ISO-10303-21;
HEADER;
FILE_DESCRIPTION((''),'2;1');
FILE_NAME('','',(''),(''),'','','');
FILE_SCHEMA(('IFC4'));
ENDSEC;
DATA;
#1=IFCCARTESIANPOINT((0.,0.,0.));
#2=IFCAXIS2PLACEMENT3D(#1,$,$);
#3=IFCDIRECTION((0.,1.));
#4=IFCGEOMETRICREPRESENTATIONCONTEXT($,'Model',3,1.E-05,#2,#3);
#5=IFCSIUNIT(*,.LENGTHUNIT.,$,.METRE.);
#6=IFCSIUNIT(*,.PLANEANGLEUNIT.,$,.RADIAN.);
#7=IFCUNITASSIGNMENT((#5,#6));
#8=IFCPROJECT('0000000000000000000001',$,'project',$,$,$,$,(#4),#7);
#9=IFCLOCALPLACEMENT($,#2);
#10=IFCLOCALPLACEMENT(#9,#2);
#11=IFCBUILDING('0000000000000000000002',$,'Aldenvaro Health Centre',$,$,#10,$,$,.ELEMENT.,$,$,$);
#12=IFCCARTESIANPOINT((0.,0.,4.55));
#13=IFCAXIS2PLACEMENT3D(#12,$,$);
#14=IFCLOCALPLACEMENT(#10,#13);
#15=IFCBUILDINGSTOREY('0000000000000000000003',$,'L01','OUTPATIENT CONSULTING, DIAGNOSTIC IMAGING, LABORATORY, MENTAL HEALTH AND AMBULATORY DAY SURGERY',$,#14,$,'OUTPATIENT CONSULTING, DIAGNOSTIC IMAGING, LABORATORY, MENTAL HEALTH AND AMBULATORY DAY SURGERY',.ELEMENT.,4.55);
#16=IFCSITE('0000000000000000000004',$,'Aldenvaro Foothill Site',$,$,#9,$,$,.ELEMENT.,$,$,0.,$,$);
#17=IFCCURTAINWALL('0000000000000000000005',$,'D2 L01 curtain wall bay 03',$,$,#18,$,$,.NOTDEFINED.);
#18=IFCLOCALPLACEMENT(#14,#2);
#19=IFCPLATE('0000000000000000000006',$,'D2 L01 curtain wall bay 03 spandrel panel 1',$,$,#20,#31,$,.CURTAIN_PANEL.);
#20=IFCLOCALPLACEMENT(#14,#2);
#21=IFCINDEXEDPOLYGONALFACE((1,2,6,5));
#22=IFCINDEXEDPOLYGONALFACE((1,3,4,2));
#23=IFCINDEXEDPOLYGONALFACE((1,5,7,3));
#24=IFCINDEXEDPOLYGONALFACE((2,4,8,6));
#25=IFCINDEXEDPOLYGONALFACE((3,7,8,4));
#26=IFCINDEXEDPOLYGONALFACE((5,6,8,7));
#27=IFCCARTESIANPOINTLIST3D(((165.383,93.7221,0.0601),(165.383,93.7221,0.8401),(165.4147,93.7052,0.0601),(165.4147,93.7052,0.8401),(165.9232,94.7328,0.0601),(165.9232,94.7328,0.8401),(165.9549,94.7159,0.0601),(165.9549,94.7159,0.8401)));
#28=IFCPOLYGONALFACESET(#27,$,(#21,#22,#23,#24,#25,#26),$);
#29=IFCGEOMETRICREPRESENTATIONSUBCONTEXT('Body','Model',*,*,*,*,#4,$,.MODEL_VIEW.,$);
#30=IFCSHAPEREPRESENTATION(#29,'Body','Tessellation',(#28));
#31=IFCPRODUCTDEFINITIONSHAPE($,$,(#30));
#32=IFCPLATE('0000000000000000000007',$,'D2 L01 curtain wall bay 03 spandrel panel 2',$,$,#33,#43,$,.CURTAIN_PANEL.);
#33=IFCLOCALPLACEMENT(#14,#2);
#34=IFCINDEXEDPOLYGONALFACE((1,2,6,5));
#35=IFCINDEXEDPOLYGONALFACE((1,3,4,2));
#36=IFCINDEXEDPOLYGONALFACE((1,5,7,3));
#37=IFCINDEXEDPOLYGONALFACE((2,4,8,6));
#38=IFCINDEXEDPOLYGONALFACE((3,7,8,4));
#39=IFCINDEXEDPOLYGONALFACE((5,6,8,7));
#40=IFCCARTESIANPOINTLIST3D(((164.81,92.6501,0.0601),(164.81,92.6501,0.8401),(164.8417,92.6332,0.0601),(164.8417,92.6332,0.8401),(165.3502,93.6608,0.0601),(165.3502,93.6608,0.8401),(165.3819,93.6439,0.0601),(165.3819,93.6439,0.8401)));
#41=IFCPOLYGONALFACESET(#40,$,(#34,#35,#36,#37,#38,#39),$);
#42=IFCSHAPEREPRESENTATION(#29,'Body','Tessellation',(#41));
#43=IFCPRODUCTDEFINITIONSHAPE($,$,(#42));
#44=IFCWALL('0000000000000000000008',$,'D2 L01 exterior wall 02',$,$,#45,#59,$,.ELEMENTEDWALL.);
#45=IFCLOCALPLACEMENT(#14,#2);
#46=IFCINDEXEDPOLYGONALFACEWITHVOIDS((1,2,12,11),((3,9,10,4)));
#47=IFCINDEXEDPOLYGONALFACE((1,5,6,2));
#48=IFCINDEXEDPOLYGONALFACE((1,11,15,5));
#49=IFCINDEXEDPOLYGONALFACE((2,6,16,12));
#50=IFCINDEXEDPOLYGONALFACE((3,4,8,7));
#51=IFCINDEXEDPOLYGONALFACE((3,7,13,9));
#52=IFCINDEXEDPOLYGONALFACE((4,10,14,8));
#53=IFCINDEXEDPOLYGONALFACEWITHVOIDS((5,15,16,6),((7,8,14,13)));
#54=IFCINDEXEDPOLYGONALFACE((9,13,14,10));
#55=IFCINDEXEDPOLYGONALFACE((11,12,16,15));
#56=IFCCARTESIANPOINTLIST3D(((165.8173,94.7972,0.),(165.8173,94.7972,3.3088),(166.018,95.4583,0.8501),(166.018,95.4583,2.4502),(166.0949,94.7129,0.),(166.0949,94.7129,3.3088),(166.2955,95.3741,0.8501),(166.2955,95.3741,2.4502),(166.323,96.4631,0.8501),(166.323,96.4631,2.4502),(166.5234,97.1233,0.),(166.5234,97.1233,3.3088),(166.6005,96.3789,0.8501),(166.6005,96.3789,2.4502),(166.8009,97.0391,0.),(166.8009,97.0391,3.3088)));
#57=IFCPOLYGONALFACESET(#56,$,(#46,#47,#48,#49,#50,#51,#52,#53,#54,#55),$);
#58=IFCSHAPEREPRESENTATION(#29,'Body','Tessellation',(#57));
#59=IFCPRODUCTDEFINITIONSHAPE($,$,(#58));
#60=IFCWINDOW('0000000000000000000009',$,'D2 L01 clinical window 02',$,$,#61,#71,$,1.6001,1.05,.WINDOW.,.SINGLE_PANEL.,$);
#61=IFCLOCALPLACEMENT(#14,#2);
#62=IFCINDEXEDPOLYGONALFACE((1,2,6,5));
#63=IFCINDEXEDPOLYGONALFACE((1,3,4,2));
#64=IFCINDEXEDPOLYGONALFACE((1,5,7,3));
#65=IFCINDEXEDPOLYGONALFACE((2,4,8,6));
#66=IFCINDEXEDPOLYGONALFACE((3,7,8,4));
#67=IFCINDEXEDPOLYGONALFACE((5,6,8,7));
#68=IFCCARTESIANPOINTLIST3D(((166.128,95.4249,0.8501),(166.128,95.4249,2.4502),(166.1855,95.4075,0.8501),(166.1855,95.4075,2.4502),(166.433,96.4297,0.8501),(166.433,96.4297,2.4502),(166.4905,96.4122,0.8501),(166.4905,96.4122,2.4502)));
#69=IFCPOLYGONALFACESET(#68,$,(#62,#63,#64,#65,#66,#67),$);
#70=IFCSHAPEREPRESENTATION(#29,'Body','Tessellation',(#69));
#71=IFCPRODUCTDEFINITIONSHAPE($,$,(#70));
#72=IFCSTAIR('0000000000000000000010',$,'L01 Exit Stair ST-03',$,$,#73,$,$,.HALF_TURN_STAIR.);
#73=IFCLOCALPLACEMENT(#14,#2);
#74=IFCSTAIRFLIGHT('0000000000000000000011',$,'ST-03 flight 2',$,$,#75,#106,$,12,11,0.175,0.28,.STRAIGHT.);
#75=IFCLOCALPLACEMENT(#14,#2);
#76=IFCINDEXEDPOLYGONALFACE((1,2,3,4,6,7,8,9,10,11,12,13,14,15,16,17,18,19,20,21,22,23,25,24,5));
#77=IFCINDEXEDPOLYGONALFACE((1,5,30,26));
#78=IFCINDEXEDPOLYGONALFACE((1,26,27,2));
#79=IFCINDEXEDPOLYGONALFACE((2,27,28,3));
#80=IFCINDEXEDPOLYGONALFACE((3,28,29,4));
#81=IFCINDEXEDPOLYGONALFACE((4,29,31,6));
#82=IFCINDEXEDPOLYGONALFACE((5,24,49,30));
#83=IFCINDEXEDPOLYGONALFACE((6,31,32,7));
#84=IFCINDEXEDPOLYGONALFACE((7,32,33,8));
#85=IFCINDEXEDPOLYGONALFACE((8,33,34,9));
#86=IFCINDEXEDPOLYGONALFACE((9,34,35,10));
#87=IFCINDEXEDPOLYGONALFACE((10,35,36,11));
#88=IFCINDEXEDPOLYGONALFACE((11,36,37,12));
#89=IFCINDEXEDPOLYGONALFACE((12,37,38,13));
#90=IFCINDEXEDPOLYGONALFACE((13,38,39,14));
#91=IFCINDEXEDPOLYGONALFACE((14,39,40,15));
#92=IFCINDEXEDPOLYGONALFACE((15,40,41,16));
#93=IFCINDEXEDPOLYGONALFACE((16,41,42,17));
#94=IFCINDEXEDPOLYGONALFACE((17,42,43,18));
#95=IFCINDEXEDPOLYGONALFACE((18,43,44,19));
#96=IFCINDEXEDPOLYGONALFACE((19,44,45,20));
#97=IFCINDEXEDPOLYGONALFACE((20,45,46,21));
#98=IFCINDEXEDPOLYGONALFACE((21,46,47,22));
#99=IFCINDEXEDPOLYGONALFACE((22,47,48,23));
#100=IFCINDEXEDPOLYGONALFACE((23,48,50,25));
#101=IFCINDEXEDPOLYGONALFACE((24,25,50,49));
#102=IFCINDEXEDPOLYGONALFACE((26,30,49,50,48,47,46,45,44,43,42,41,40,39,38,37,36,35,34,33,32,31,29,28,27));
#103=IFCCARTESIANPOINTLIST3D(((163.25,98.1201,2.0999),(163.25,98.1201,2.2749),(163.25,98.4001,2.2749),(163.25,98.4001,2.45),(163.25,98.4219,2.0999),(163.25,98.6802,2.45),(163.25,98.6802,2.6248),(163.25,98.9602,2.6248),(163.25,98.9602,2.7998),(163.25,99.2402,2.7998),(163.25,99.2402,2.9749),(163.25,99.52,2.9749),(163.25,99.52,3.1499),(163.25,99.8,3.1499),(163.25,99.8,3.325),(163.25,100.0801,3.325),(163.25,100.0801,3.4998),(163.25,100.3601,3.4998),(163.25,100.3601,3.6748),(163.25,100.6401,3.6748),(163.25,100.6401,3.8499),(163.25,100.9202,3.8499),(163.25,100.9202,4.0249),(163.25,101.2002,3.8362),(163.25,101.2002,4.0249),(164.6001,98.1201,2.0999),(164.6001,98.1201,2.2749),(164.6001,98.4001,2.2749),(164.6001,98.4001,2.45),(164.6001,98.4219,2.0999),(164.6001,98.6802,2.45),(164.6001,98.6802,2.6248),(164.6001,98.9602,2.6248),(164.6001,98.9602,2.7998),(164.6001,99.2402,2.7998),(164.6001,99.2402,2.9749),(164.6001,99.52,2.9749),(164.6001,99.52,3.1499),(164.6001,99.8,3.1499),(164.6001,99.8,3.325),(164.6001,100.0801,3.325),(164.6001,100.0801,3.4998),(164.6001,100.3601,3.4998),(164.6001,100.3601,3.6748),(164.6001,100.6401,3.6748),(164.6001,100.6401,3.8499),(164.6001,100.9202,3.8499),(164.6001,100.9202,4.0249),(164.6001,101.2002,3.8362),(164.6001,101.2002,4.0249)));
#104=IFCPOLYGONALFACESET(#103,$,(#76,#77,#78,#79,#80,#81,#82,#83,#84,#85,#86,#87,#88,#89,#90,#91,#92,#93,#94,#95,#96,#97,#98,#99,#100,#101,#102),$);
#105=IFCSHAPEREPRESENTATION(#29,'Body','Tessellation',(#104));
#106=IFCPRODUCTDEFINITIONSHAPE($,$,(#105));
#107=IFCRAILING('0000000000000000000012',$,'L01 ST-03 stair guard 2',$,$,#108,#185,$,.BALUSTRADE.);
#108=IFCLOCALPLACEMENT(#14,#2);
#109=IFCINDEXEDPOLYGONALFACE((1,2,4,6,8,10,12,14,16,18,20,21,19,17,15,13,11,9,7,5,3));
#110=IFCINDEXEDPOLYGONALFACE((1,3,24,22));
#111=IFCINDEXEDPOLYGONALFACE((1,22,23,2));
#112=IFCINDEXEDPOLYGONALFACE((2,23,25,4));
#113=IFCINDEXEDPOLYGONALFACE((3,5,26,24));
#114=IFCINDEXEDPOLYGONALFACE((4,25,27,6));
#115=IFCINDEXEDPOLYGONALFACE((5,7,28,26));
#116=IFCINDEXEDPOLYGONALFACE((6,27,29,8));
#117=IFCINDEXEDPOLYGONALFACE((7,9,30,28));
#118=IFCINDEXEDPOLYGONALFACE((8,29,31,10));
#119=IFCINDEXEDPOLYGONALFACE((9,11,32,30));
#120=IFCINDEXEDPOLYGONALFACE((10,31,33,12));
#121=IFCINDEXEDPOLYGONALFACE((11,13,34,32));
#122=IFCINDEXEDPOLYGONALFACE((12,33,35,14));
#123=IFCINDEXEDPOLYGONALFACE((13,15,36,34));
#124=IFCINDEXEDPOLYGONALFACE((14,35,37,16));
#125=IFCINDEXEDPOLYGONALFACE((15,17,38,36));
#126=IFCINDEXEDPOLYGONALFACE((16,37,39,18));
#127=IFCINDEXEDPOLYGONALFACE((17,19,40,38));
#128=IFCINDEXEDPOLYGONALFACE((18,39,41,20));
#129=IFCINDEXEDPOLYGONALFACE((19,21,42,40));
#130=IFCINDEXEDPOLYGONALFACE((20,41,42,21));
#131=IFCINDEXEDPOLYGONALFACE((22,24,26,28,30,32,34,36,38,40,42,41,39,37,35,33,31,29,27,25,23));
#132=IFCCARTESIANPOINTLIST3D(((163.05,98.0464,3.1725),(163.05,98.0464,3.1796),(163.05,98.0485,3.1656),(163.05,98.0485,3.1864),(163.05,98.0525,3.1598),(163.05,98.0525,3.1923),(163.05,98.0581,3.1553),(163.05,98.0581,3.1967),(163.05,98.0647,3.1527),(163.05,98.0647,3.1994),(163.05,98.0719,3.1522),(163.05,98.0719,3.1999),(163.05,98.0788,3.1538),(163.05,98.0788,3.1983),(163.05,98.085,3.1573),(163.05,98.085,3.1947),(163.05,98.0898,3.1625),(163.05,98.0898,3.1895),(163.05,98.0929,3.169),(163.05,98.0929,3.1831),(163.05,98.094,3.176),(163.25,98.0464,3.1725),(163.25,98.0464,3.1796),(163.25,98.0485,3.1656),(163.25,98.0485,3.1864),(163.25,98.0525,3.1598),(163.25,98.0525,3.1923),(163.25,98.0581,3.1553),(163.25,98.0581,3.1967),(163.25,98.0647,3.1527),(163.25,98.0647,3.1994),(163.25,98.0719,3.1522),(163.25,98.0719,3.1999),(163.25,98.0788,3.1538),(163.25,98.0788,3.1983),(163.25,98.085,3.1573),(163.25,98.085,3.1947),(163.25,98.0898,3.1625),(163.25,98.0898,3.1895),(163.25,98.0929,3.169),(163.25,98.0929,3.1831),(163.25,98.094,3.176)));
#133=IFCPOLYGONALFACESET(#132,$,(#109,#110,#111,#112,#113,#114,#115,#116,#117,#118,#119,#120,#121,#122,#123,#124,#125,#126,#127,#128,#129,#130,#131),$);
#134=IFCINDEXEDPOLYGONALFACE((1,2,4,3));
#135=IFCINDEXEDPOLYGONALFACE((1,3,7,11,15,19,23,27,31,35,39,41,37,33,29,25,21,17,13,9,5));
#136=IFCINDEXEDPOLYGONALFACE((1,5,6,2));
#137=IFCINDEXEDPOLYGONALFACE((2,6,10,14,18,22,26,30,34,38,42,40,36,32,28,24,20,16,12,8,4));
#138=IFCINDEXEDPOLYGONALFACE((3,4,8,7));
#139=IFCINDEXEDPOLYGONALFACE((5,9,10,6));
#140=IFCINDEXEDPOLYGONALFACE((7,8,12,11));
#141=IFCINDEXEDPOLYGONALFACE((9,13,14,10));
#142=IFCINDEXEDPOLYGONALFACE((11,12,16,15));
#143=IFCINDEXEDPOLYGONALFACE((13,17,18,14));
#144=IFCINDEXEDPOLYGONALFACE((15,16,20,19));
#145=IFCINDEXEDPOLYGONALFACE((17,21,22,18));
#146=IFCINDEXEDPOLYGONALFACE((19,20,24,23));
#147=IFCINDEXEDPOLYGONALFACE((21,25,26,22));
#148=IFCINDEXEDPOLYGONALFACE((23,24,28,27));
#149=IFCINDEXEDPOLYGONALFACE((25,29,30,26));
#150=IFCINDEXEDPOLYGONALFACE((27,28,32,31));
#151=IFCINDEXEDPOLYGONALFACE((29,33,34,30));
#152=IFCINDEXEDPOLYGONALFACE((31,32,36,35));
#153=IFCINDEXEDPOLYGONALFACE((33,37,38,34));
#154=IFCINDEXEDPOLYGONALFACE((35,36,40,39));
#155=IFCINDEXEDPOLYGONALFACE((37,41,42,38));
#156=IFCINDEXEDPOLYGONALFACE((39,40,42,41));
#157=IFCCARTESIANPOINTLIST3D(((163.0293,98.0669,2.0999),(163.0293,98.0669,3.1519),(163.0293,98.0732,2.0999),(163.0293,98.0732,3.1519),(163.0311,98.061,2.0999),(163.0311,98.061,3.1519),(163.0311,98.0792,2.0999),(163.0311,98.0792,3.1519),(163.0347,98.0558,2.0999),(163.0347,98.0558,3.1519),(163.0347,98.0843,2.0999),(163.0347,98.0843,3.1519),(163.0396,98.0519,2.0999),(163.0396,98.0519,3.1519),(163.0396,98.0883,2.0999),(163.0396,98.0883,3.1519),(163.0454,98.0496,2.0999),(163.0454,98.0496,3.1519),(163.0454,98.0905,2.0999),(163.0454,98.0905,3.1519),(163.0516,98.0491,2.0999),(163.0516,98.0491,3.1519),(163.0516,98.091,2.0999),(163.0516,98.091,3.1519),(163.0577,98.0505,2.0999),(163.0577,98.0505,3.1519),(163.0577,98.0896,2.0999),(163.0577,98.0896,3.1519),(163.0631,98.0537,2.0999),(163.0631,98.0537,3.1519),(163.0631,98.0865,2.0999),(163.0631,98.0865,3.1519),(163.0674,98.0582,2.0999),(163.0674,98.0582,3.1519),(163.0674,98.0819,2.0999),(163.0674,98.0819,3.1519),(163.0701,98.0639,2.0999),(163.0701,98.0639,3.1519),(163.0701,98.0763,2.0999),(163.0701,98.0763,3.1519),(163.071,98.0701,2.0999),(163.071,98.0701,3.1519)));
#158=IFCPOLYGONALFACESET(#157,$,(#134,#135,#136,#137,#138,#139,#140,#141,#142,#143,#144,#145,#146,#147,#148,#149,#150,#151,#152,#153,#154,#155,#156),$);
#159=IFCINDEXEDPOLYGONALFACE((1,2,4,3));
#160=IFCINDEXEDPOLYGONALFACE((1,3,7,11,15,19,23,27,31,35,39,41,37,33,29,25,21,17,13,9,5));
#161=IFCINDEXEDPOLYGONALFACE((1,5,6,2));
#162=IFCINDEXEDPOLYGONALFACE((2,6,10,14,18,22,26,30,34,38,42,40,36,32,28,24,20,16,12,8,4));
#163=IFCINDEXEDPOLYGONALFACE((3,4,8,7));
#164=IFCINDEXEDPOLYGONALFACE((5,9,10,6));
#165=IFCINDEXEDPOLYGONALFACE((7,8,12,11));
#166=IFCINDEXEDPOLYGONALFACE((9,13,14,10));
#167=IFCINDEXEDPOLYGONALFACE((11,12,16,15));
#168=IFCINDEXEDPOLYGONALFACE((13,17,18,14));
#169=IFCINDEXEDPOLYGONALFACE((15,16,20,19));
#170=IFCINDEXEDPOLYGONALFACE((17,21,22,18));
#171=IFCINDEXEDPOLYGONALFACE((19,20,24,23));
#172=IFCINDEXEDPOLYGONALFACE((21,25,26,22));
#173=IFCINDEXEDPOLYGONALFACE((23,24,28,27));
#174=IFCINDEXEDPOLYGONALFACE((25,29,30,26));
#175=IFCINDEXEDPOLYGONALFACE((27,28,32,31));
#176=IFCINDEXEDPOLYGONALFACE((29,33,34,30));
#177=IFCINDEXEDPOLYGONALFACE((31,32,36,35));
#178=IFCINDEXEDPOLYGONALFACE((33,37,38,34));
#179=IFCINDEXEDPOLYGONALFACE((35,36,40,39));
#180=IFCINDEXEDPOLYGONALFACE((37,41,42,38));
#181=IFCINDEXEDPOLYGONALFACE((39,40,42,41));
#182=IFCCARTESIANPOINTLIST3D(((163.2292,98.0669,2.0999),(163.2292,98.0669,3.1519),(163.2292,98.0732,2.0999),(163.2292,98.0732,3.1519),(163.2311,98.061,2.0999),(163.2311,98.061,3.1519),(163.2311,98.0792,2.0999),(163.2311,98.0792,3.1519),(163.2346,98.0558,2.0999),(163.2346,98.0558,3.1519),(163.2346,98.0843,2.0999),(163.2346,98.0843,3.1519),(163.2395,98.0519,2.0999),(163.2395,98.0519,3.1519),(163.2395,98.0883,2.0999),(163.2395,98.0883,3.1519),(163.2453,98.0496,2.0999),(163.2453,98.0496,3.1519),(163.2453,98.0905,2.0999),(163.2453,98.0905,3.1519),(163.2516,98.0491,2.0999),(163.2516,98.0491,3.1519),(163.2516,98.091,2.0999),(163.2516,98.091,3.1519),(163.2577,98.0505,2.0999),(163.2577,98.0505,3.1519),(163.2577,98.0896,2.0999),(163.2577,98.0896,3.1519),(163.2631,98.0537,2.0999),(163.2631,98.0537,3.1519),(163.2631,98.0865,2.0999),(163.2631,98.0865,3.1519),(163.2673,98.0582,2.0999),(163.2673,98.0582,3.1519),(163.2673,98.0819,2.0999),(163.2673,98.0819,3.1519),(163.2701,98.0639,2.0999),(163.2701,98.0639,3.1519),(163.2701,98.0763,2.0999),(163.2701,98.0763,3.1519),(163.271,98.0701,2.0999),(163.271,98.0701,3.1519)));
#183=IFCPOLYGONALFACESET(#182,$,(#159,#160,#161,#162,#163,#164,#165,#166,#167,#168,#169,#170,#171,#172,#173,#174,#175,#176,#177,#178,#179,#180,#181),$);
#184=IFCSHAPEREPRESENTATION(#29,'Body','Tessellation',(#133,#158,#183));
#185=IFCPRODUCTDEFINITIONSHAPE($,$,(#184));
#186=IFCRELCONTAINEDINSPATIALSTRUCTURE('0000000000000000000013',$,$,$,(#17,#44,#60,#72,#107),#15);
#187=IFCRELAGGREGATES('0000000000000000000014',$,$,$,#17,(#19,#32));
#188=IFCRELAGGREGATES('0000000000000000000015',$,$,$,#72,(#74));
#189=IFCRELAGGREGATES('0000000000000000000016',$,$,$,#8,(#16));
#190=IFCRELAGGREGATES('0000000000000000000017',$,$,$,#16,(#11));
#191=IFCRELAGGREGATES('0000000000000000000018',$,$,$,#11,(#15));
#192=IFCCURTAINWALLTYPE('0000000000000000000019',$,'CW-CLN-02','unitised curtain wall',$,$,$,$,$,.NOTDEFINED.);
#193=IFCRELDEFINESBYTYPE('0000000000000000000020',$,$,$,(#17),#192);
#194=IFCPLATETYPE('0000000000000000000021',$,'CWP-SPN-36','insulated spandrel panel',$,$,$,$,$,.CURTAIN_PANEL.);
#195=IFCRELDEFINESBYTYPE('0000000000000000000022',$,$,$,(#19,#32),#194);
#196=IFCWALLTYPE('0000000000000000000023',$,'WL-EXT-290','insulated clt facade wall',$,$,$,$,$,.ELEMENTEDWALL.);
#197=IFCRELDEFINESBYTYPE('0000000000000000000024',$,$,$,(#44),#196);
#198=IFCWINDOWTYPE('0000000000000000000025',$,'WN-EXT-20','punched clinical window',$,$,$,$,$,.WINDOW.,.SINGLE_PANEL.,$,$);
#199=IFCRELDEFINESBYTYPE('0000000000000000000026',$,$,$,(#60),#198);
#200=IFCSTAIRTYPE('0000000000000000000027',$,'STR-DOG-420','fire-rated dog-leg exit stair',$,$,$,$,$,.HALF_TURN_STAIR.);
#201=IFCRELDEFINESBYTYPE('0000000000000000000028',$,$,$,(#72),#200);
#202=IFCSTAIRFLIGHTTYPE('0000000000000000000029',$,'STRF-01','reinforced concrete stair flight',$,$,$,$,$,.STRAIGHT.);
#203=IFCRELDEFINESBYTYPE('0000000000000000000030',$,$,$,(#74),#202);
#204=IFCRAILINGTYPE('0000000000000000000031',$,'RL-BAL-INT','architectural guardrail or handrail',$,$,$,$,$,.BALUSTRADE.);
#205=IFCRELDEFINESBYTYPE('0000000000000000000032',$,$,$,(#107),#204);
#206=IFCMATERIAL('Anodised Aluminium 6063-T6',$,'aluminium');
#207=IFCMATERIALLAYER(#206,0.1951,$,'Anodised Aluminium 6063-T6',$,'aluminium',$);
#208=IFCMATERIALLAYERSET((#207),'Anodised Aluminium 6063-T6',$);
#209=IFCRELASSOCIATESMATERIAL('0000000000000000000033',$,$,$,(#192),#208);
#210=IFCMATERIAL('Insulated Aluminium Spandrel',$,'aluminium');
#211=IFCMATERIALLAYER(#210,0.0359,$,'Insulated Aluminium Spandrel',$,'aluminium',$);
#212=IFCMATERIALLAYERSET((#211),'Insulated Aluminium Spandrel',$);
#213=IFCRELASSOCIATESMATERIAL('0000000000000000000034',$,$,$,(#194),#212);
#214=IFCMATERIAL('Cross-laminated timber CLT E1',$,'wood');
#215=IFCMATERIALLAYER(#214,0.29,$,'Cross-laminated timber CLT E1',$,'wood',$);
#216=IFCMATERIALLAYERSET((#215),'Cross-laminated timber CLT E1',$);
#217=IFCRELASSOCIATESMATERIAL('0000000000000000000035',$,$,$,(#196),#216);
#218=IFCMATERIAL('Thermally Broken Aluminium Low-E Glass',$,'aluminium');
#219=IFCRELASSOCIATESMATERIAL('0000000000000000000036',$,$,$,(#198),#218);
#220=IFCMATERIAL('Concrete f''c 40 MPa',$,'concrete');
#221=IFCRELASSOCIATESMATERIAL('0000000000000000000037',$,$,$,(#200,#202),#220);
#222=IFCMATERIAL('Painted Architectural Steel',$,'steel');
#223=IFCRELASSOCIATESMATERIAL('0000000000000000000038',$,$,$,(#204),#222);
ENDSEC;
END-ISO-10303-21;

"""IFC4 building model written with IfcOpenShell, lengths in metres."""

from ifc_helpers import new_model, si_unit, direction, frame, frame_2d, origin, origin_2d, place, context, subcontext, project, spatial, polyline, rectangle, circle, outline, extrude, material, layer, layer_set, type_object, element, fill, aggregate, save


model = new_model("IFC4")

# Units and contexts
model_context = context("Model", 3, precision=1e-05, world=origin(), true_north=direction((0.0, 1.0)))
body_context = subcontext(model_context, "Body", "Model", "MODEL_VIEW")
ifc_project = project(units=[si_unit("LENGTHUNIT", "METRE"), si_unit("PLANEANGLEUNIT", "RADIAN")], contexts=[model_context])

# Site, building, storey
site_placement = place(None, origin())
site = spatial("IfcSite", under=ifc_project, at=site_placement, Name="Aldenvaro Foothill Site", CompositionType="ELEMENT", RefElevation=0.0)
building_placement = place(site_placement, origin())
building = spatial("IfcBuilding", under=site, at=building_placement, Name="Aldenvaro Health Centre", CompositionType="ELEMENT")
storey_placement = place(building_placement, frame((0.0, 0.0, 4.55)))
storey = spatial("IfcBuildingStorey", under=building, at=storey_placement, Name="L01", Description="OUTPATIENT CONSULTING, DIAGNOSTIC IMAGING, LABORATORY, MENTAL HEALTH AND AMBULATORY DAY SURGERY", LongName="OUTPATIENT CONSULTING, DIAGNOSTIC IMAGING, LABORATORY, MENTAL HEALTH AND AMBULATORY DAY SURGERY", CompositionType="ELEMENT", Elevation=4.55)

# Curtain wall
ifc_material_1 = material(Name="Anodised Aluminium 6063-T6", Category="aluminium")
ifc_layer_1 = layer(ifc_material_1, 0.1951, Name="Anodised Aluminium 6063-T6", Category="aluminium")
ifc_layer_set_1 = layer_set([ifc_layer_1], Name="Anodised Aluminium 6063-T6")
curtain_wall_type = type_object("IfcCurtainWallType", Name="CW-CLN-02", Description="unitised curtain wall", PredefinedType="NOTDEFINED", material=ifc_layer_set_1)
curtain_wall_placement = place(storey_placement, origin())
curtain_wall = element("IfcCurtainWall", 1, at=curtain_wall_placement, inside=storey, type_object=curtain_wall_type, Name="D2 L01 curtain wall bay 03", PredefinedType="NOTDEFINED")

# Plates
ifc_material_2 = material(Name="Insulated Aluminium Spandrel", Category="aluminium")
ifc_layer_2 = layer(ifc_material_2, 0.0359, Name="Insulated Aluminium Spandrel", Category="aluminium")
ifc_layer_set_2 = layer_set([ifc_layer_2], Name="Insulated Aluminium Spandrel")
plate_type_1 = type_object("IfcPlateType", Name="CWP-SPN-36", Description="insulated spandrel panel", PredefinedType="CURTAIN_PANEL", material=ifc_layer_set_2)
plate_1_placement = place(storey_placement, frame((165.6689, 94.219, 0.0601), z_axis=(0.0, 0.0, 1.0), x_axis=(-0.471399, -0.88192, 0.0)))
plate_1 = element("IfcPlate", 2, at=plate_1_placement, type_object=plate_type_1, Name="D2 L01 curtain wall bay 03 spandrel panel 1", PredefinedType="CURTAIN_PANEL", context=body_context, shape_type="SweptSolid", body=[
    extrude(rectangle(XDim=1.146, YDim=0.0359, at=origin_2d()), origin(), (0.0, 0.0, 1.0), 0.78),
])
plate_2_placement = place(storey_placement, frame((165.0959, 93.147, 0.0601), z_axis=(0.0, 0.0, 1.0), x_axis=(-0.471399, -0.88192, 0.0)))
plate_2 = element("IfcPlate", 3, at=plate_2_placement, type_object=plate_type_1, Name="D2 L01 curtain wall bay 03 spandrel panel 2", PredefinedType="CURTAIN_PANEL", context=body_context, shape_type="SweptSolid", body=[
    extrude(rectangle(XDim=1.146, YDim=0.0359, at=origin_2d()), origin(), (0.0, 0.0, 1.0), 0.78),
])
aggregate(curtain_wall, [plate_1, plate_2])

# Wall, opening, window
ifc_material_3 = material(Name="Cross-laminated timber CLT E1", Category="wood")
ifc_layer_3 = layer(ifc_material_3, 0.29, Name="Cross-laminated timber CLT E1", Category="wood")
ifc_layer_set_3 = layer_set([ifc_layer_3], Name="Cross-laminated timber CLT E1")
wall_type = type_object("IfcWallType", Name="WL-EXT-290", Description="insulated clt facade wall", PredefinedType="ELEMENTEDWALL", material=ifc_layer_set_3)
wall_placement = place(storey_placement, frame((166.6621, 97.0811, 0.0), z_axis=(0.0, 0.0, 1.0), x_axis=(-0.290442, -0.956893, 0.0)))
wall = element("IfcWall", 4, at=wall_placement, inside=storey, type_object=wall_type, Name="D2 L01 exterior wall 02", PredefinedType="ELEMENTEDWALL", context=body_context, shape_type="SweptSolid", body=[
    extrude(rectangle(XDim=2.4309, YDim=0.29, at=frame_2d((1.2153, 0.0))), origin(), (0.0, 0.0, 1.0), 3.3088),
])
opening_placement = place(wall_placement, frame((0.6899, 0.0, 0.8501)))
opening = element("IfcOpeningElement", 5, at=opening_placement, cuts=wall, PredefinedType="OPENING", context=body_context, shape_type="SweptSolid", body=[
    extrude(rectangle(XDim=1.05, YDim=1.6001, at=frame_2d((0.5249, 0.8))), frame((0.0, 0.155, 0.0), z_axis=(0.0, -1.0, 0.0), x_axis=(1.0, 0.0, 0.0)), (0.0, 0.0, 1.0), 0.3101),
])
ifc_material_4 = material(Name="Thermally Broken Aluminium Low-E Glass", Category="aluminium")
window_type = type_object("IfcWindowType", Name="WN-EXT-20", Description="punched clinical window", PartitioningType="SINGLE_PANEL", PredefinedType="WINDOW", material=ifc_material_4)
window_placement = place(opening_placement, origin())
window = element("IfcWindow", 6, at=window_placement, inside=storey, type_object=window_type, Name="D2 L01 clinical window 02", OverallHeight=1.6001, OverallWidth=1.05, PartitioningType="SINGLE_PANEL", PredefinedType="WINDOW", context=body_context, shape_type="SweptSolid", body=[
    extrude(rectangle(XDim=1.05, YDim=1.6001, at=frame_2d((0.5249, 0.8))), frame((0.0, 0.03, 0.0), z_axis=(0.0, -1.0, 0.0), x_axis=(1.0, 0.0, 0.0)), (0.0, 0.0, 1.0), 0.0601),
])
fill(opening, window)

# Stair, stair flight
ifc_material_5 = material(Name="Concrete f'c 40 MPa", Category="concrete")
stair_type = type_object("IfcStairType", Name="STR-DOG-420", Description="fire-rated dog-leg exit stair", PredefinedType="HALF_TURN_STAIR", material=ifc_material_5)
stair_placement = place(storey_placement, origin())
stair = element("IfcStair", 7, at=stair_placement, inside=storey, type_object=stair_type, Name="L01 Exit Stair ST-03", PredefinedType="HALF_TURN_STAIR")
stair_flight_type = type_object("IfcStairFlightType", Name="STRF-01", Description="reinforced concrete stair flight", PredefinedType="STRAIGHT", material=ifc_material_5)
stair_flight_placement = place(storey_placement, frame((163.925, 98.1201, 2.0999), z_axis=(0.0, 0.0, 1.0), x_axis=(0.0, 1.0, 0.0)))
stair_flight = element("IfcStairFlight", 8, at=stair_flight_placement, type_object=stair_flight_type, Name="ST-03 flight 2", NumberOfRisers=12, NumberOfTreads=11, PredefinedType="STRAIGHT", RiserHeight=0.175, TreadLength=0.28, context=body_context, shape_type="SweptSolid", body=[
    extrude(outline(polyline([(0.0, 0.0), (0.0, 0.175), (0.28, 0.175), (0.28, 0.3501), (0.5601, 0.3501), (0.5601, 0.5249), (0.8401, 0.5249), (0.8401, 0.7), (1.1201, 0.7), (1.1201, 0.875), (1.3999, 0.875), (1.3999, 1.05), (1.6799, 1.05), (1.6799, 1.2251), (1.96, 1.2251), (1.96, 1.3999), (2.24, 1.3999), (2.24, 1.575), (2.52, 1.575), (2.52, 1.75), (2.8, 1.75), (2.8, 1.925), (3.0801, 1.925), (3.0801, 2.1001), (3.0801, 1.7363), (0.3018, 0.0), (0.0, 0.0)])), frame((0.0, 0.675, 0.0), z_axis=(0.0, -1.0, 0.0), x_axis=(1.0, 0.0, 0.0)), (0.0, 0.0, 1.0), 1.3501),
])
aggregate(stair, [stair_flight])

# Railing
ifc_material_6 = material(Name="Painted Architectural Steel", Category="steel")
railing_type_1 = type_object("IfcRailingType", Name="RL-BAL-INT", Description="architectural guardrail or handrail", PredefinedType="BALUSTRADE", material=ifc_material_6)
railing_1_placement = place(storey_placement, frame((163.05, 98.0701, 2.0999)))
element("IfcRailing", 9, at=railing_1_placement, inside=storey, type_object=railing_type_1, Name="L01 ST-03 stair guard 2", PredefinedType="BALUSTRADE", context=body_context, shape_type="SweptSolid", body=[
    extrude(circle(Radius=0.0239, at=origin_2d()), frame((0.0, 0.0, 1.0762), z_axis=(1.0, 0.0, 0.0), x_axis=(0.0, 1.0, 0.0)), (0.0, 0.0, 1.0), 0.2),
    extrude(circle(Radius=0.021, at=origin_2d()), origin(), (0.0, 0.0, 1.0), 1.052),
    extrude(circle(Radius=0.021, at=origin_2d()), frame((0.2, 0.0, 0.0)), (0.0, 0.0, 1.0), 1.052),
])

save(model, "model.ifc")
